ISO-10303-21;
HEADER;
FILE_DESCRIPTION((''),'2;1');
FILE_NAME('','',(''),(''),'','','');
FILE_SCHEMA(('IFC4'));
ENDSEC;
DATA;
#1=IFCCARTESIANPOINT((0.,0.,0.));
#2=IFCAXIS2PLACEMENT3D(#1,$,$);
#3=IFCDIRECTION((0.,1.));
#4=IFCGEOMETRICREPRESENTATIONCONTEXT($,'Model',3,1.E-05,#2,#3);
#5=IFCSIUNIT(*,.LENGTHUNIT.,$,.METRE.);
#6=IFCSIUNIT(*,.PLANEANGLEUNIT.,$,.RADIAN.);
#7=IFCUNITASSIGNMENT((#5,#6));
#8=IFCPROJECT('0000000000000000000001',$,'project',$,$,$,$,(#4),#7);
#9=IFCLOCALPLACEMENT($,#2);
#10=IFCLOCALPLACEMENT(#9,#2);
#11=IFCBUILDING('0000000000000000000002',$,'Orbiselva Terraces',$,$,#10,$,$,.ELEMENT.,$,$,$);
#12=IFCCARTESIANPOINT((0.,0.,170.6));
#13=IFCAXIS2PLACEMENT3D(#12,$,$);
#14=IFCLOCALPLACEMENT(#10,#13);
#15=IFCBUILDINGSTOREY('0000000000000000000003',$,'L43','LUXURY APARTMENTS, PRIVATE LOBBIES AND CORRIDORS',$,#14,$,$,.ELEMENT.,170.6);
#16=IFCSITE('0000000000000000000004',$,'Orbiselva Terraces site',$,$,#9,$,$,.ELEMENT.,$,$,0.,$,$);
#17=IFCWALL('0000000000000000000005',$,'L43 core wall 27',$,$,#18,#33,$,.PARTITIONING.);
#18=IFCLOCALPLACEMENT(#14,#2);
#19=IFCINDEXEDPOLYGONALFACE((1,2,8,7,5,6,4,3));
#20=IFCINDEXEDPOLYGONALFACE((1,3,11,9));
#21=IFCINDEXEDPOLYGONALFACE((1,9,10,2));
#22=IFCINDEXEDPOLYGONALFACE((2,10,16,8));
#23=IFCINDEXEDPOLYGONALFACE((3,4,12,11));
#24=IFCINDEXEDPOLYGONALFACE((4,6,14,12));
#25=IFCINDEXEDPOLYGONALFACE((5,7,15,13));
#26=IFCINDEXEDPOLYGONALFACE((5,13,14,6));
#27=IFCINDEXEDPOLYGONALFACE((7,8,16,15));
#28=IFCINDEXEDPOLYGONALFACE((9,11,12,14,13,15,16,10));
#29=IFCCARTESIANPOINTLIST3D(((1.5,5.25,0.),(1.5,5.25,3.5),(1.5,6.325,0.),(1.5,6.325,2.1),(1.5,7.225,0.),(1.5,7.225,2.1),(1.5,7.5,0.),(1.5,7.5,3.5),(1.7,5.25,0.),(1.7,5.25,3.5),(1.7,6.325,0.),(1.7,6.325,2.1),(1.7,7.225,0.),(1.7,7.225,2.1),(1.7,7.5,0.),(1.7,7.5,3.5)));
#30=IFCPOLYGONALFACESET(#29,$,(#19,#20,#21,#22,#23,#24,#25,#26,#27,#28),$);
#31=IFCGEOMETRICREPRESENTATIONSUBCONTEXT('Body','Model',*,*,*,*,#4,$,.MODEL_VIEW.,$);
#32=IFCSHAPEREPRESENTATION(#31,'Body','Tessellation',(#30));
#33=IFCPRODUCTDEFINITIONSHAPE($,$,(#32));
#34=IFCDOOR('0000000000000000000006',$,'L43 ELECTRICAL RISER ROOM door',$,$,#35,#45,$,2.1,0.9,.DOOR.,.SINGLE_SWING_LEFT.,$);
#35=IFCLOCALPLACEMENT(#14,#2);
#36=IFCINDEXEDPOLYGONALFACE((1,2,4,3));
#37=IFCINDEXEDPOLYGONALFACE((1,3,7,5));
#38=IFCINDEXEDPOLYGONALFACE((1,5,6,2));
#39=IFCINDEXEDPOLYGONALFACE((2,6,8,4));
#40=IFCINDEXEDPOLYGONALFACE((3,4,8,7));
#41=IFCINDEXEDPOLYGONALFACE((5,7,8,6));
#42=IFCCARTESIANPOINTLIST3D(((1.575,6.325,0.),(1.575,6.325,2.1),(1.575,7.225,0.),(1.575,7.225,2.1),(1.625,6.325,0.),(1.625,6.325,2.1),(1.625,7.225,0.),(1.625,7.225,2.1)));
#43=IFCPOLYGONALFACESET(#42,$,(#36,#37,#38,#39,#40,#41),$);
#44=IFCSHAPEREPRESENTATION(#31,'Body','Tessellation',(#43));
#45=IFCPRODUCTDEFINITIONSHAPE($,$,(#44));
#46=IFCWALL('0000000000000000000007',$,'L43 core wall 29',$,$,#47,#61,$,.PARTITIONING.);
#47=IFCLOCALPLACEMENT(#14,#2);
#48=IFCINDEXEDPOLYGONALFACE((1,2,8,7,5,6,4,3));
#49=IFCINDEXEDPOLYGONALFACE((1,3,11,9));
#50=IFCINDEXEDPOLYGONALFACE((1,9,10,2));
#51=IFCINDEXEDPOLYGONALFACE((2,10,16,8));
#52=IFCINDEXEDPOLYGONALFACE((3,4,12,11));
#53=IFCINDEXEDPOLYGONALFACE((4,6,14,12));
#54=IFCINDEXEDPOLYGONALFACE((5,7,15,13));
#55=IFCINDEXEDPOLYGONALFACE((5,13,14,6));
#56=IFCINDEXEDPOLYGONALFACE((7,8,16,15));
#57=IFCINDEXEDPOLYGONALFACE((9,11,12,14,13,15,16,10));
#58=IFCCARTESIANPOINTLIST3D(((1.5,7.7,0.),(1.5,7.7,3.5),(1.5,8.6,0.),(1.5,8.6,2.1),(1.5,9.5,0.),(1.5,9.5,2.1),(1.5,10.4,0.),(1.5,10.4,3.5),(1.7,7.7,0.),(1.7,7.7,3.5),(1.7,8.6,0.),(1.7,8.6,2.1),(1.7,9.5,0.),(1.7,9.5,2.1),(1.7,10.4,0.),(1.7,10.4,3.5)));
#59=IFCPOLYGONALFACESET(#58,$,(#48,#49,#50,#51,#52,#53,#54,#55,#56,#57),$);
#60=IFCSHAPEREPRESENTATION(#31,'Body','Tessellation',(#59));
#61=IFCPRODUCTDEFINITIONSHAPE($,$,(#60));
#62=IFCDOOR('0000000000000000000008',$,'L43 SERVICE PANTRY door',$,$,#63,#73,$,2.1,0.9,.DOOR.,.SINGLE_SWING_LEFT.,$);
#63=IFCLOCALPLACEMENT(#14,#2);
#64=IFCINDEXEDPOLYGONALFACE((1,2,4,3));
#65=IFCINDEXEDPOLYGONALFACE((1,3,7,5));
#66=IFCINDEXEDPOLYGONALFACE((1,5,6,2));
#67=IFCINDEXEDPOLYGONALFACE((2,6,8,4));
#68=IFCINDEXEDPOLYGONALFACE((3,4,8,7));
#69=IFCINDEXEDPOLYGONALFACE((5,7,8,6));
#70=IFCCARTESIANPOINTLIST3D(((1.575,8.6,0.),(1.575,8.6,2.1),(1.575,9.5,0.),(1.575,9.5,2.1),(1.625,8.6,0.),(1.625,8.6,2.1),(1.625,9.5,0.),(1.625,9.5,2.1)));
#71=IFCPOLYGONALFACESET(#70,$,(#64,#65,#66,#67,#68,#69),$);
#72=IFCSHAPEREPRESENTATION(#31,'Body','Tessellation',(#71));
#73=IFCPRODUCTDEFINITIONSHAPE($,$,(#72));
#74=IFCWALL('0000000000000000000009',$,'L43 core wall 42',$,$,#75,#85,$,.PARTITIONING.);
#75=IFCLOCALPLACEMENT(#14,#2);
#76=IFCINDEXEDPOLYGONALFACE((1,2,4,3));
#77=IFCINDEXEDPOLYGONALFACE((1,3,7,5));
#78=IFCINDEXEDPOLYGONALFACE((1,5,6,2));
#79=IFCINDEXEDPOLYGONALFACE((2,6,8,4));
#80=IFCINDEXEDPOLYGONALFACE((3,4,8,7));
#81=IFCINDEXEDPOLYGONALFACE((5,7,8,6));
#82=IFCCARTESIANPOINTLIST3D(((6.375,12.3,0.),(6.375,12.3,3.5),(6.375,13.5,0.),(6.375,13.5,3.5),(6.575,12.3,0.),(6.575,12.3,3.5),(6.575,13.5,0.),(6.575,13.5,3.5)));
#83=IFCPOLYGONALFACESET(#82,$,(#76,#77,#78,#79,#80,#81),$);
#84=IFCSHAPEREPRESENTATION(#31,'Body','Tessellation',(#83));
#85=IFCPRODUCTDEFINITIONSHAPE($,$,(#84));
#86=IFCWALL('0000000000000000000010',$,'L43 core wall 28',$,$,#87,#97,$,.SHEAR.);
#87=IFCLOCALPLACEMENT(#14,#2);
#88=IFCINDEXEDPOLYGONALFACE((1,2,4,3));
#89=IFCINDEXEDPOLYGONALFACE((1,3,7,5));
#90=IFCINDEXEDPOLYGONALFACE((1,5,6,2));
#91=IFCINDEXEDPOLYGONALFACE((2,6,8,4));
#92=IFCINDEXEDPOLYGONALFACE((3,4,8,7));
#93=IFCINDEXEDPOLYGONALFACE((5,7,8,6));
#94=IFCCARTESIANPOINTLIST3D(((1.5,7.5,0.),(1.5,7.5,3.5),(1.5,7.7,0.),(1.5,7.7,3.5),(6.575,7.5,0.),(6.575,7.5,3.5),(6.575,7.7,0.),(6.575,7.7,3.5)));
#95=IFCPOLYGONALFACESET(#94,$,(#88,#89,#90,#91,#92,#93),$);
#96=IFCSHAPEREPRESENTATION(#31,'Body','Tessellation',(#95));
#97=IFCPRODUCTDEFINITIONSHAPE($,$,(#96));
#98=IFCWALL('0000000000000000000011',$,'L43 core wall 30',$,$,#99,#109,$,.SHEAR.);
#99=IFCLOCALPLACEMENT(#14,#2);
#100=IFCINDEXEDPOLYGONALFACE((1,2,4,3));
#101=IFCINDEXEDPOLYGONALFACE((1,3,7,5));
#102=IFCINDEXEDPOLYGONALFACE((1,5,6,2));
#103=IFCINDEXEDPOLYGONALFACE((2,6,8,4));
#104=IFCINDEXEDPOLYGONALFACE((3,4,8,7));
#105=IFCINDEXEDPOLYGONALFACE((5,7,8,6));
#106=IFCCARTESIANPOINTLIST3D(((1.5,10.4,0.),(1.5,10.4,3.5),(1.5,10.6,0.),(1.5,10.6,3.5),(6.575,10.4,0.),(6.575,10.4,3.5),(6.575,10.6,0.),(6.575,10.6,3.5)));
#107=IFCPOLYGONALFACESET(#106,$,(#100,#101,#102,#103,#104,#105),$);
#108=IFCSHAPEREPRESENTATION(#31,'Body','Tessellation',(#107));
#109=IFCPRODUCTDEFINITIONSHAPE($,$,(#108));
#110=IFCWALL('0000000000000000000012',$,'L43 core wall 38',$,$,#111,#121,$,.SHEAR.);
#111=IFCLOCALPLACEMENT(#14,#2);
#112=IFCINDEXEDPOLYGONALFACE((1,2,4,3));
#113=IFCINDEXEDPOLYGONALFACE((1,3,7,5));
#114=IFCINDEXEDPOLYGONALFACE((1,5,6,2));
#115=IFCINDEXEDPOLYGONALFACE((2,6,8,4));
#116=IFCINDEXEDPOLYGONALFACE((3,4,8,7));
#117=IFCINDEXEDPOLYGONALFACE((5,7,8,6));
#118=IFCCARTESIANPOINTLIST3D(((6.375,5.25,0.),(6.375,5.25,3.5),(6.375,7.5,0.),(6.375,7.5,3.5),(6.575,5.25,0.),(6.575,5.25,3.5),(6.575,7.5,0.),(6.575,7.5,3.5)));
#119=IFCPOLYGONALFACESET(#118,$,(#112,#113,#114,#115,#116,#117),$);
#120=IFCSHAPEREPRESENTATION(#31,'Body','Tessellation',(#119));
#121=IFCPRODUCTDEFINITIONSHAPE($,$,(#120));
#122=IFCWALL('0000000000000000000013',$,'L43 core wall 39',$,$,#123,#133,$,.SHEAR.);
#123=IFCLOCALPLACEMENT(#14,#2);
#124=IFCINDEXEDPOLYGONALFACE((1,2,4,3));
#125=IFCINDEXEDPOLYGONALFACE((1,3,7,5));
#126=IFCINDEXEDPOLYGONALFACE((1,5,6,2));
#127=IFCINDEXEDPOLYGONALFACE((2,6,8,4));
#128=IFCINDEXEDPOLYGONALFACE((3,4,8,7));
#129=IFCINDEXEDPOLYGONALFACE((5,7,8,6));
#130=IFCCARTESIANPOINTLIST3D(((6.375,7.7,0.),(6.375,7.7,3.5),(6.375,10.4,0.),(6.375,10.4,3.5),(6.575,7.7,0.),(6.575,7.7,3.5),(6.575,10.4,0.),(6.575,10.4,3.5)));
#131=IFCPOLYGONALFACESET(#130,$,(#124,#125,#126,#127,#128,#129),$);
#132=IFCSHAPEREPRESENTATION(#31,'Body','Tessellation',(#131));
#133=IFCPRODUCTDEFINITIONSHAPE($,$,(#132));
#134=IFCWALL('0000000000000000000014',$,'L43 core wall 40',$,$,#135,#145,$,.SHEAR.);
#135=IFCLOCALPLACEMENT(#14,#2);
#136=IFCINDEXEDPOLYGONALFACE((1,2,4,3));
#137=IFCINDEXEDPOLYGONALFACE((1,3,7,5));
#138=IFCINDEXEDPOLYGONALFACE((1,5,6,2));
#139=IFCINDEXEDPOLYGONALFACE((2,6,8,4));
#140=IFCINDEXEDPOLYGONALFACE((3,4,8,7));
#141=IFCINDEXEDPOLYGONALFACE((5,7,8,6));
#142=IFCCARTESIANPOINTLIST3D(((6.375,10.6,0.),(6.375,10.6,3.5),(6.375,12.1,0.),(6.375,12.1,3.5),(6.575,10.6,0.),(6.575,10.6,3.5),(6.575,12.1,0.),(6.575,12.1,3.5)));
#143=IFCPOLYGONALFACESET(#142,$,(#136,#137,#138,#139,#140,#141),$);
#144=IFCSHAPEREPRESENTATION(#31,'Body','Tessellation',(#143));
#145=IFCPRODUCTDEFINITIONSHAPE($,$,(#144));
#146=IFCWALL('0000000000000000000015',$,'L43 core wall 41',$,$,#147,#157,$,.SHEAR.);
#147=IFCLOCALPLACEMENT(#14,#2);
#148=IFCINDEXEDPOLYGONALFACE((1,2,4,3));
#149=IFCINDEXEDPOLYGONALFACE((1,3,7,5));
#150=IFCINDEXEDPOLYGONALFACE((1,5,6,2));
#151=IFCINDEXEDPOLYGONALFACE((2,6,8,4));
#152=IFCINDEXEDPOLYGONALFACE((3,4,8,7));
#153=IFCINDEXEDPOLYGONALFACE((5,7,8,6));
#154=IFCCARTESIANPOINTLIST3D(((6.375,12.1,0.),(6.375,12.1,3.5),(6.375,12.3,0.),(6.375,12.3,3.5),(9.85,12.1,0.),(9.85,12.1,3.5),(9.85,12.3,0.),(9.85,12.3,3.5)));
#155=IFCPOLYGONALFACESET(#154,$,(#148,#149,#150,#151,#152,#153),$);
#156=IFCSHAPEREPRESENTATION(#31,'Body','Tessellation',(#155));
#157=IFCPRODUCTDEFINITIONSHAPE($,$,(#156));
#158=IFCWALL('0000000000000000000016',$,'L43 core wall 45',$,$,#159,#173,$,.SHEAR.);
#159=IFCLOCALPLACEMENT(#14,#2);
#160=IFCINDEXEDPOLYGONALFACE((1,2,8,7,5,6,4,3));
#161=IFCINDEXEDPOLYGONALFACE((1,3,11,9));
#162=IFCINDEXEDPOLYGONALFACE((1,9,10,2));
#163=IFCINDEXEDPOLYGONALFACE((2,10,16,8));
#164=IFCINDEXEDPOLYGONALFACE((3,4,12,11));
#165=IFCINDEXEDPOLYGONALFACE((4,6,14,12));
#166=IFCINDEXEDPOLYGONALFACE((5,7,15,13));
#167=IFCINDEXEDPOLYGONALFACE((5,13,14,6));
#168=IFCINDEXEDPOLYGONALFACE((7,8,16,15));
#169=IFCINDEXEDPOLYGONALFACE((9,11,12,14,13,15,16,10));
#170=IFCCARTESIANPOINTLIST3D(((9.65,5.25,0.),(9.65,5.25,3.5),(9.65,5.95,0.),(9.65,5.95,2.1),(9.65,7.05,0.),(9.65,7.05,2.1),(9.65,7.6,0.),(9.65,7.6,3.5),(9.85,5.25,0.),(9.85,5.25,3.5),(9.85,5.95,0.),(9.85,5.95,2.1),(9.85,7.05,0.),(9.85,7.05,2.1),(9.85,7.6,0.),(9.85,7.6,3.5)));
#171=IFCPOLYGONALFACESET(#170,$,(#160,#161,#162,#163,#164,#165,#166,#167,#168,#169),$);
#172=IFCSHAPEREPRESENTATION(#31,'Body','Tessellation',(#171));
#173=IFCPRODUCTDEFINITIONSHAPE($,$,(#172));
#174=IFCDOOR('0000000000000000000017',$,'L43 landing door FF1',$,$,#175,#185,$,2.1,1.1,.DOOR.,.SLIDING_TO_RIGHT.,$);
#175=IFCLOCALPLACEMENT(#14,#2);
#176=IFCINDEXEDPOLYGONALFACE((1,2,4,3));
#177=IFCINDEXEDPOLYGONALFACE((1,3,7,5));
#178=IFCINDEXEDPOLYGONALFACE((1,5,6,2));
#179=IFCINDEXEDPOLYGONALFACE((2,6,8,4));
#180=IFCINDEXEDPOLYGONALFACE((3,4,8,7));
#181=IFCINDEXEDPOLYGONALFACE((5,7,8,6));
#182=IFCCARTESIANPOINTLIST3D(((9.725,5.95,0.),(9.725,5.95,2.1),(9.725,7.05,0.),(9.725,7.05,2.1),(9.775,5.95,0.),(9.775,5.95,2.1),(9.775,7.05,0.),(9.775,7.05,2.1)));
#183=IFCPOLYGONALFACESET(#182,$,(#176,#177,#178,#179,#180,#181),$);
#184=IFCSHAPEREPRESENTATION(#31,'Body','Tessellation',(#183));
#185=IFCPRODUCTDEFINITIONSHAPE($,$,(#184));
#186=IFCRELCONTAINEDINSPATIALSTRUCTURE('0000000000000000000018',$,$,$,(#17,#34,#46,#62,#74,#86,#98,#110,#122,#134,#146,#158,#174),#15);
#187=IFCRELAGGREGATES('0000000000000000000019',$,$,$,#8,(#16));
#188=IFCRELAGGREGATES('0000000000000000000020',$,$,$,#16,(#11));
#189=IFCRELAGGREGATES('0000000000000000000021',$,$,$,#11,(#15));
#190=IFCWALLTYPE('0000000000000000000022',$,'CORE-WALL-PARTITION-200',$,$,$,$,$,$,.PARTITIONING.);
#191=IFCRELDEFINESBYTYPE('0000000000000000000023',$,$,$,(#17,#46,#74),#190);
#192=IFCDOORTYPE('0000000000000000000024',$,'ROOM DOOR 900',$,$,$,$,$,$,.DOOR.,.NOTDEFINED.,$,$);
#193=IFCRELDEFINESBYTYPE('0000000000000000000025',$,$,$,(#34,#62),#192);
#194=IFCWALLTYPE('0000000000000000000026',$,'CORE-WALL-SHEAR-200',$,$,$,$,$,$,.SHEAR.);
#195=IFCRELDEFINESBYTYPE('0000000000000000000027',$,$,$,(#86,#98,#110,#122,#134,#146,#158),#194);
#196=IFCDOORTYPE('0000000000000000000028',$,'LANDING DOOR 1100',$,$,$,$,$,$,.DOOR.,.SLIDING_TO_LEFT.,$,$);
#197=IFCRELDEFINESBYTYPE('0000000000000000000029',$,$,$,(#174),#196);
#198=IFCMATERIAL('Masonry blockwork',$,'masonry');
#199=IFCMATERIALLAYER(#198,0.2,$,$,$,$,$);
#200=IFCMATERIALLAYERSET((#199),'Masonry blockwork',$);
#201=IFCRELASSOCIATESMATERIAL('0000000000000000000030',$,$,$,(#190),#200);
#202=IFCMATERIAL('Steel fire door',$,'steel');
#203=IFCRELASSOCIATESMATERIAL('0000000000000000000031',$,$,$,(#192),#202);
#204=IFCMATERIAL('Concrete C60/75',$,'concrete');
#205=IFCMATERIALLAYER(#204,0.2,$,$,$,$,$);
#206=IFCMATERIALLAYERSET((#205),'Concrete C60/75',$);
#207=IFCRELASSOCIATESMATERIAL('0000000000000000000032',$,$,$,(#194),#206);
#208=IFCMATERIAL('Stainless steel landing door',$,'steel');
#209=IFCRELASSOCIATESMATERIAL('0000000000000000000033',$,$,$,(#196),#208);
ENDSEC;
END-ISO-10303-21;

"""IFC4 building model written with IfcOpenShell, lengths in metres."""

from ifc_helpers import new_model, si_unit, direction, frame, frame_2d, origin, place, context, subcontext, project, spatial, rectangle, extrude, material, layer, layer_set, type_object, element, fill, save


model = new_model("IFC4")

# Units and contexts
model_context = context("Model", 3, precision=1e-05, world=origin(), true_north=direction((0.0, 1.0)))
body_context = subcontext(model_context, "Body", "Model", "MODEL_VIEW")
ifc_project = project(units=[si_unit("LENGTHUNIT", "METRE"), si_unit("PLANEANGLEUNIT", "RADIAN")], contexts=[model_context])

# Site, building, storey
site_placement = place(None, origin())
site = spatial("IfcSite", under=ifc_project, at=site_placement, Name="Orbiselva Terraces site", CompositionType="ELEMENT", RefElevation=0.0)
building_placement = place(site_placement, origin())
building = spatial("IfcBuilding", under=site, at=building_placement, Name="Orbiselva Terraces", CompositionType="ELEMENT")
storey_placement = place(building_placement, frame((0.0, 0.0, 170.6)))
storey = spatial("IfcBuildingStorey", under=building, at=storey_placement, Name="L43", Description="LUXURY APARTMENTS, PRIVATE LOBBIES AND CORRIDORS", CompositionType="ELEMENT", Elevation=170.6)

# Walls, openings, doors
ifc_material_1 = material(Name="Masonry blockwork", Category="masonry")
ifc_layer_1 = layer(ifc_material_1, 0.2)
ifc_layer_set_1 = layer_set([ifc_layer_1], Name="Masonry blockwork")
wall_type_1 = type_object("IfcWallType", Name="CORE-WALL-PARTITION-200", PredefinedType="PARTITIONING", material=ifc_layer_set_1)
wall_1_placement = place(storey_placement, frame((1.6, 7.5, 0.0), z_axis=(0.0, 0.0, 1.0), x_axis=(0.0, -1.0, 0.0)))
wall_1 = element("IfcWall", 1, at=wall_1_placement, inside=storey, type_object=wall_type_1, Name="L43 core wall 27", PredefinedType="PARTITIONING", context=body_context, shape_type="SweptSolid", body=[
    extrude(rectangle(XDim=2.25, YDim=0.2, at=frame_2d((1.125, 0.0))), origin(), (0.0, 0.0, 1.0), 3.5),
])
opening_1_placement = place(wall_1_placement, frame((0.275, 0.0, 0.0)))
opening_1 = element("IfcOpeningElement", 2, at=opening_1_placement, cuts=wall_1, PredefinedType="OPENING", context=body_context, shape_type="SweptSolid", body=[
    extrude(rectangle(XDim=0.9, YDim=2.1, at=frame_2d((0.45, 1.05))), frame((0.0, 0.11, 0.0), z_axis=(0.0, -1.0, 0.0), x_axis=(1.0, 0.0, 0.0)), (0.0, 0.0, 1.0), 0.22),
])
ifc_material_2 = material(Name="Steel fire door", Category="steel")
door_type_1 = type_object("IfcDoorType", Name="ROOM DOOR 900", OperationType="NOTDEFINED", PredefinedType="DOOR", material=ifc_material_2)
door_1_placement = place(opening_1_placement, origin())
door_1 = element("IfcDoor", 3, at=door_1_placement, inside=storey, type_object=door_type_1, Name="L43 ELECTRICAL RISER ROOM door", OperationType="SINGLE_SWING_LEFT", OverallHeight=2.1, OverallWidth=0.9, PredefinedType="DOOR", context=body_context, shape_type="SweptSolid", body=[
    extrude(rectangle(XDim=0.9, YDim=2.1, at=frame_2d((0.45, 1.05))), frame((0.0, 0.025, 0.0), z_axis=(0.0, -1.0, 0.0), x_axis=(1.0, 0.0, 0.0)), (0.0, 0.0, 1.0), 0.05),
])
fill(opening_1, door_1)
wall_2_placement = place(storey_placement, frame((1.6, 10.4, 0.0), z_axis=(0.0, 0.0, 1.0), x_axis=(0.0, -1.0, 0.0)))
wall_2 = element("IfcWall", 4, at=wall_2_placement, inside=storey, type_object=wall_type_1, Name="L43 core wall 29", PredefinedType="PARTITIONING", context=body_context, shape_type="SweptSolid", body=[
    extrude(rectangle(XDim=2.7, YDim=0.2, at=frame_2d((1.35, 0.0))), origin(), (0.0, 0.0, 1.0), 3.5),
])
opening_2_placement = place(wall_2_placement, frame((0.9, 0.0, 0.0)))
opening_2 = element("IfcOpeningElement", 5, at=opening_2_placement, cuts=wall_2, PredefinedType="OPENING", context=body_context, shape_type="SweptSolid", body=[
    extrude(rectangle(XDim=0.9, YDim=2.1, at=frame_2d((0.45, 1.05))), frame((0.0, 0.11, 0.0), z_axis=(0.0, -1.0, 0.0), x_axis=(1.0, 0.0, 0.0)), (0.0, 0.0, 1.0), 0.22),
])
door_2_placement = place(opening_2_placement, origin())
door_2 = element("IfcDoor", 6, at=door_2_placement, inside=storey, type_object=door_type_1, Name="L43 SERVICE PANTRY door", OperationType="SINGLE_SWING_LEFT", OverallHeight=2.1, OverallWidth=0.9, PredefinedType="DOOR", context=body_context, shape_type="SweptSolid", body=[
    extrude(rectangle(XDim=0.9, YDim=2.1, at=frame_2d((0.45, 1.05))), frame((0.0, 0.025, 0.0), z_axis=(0.0, -1.0, 0.0), x_axis=(1.0, 0.0, 0.0)), (0.0, 0.0, 1.0), 0.05),
])
fill(opening_2, door_2)

# Walls
wall_3_placement = place(storey_placement, frame((6.475, 12.3, 0.0), z_axis=(0.0, 0.0, 1.0), x_axis=(0.0, 1.0, 0.0)))
element("IfcWall", 7, at=wall_3_placement, inside=storey, type_object=wall_type_1, Name="L43 core wall 42", PredefinedType="PARTITIONING", context=body_context, shape_type="SweptSolid", body=[
    extrude(rectangle(XDim=1.2, YDim=0.2, at=frame_2d((0.6, 0.0))), origin(), (0.0, 0.0, 1.0), 3.5),
])
ifc_material_3 = material(Name="Concrete C60/75", Category="concrete")
ifc_layer_2 = layer(ifc_material_3, 0.2)
ifc_layer_set_2 = layer_set([ifc_layer_2], Name="Concrete C60/75")
wall_type_2 = type_object("IfcWallType", Name="CORE-WALL-SHEAR-200", PredefinedType="SHEAR", material=ifc_layer_set_2)
for number, where, z_axis, x_axis, name in (
    (8, (1.5, 7.6, 0.0), (0.0, 0.0, 1.0), (1.0, 0.0, 0.0), "L43 core wall 28"),
    (9, (1.5, 10.5, 0.0), (0.0, 0.0, 1.0), (1.0, 0.0, 0.0), "L43 core wall 30"),
):
    element("IfcWall", number, at=place(storey_placement, frame(where, z_axis=z_axis, x_axis=x_axis)), inside=storey, type_object=wall_type_2, Name=name, PredefinedType="SHEAR", context=body_context, shape_type="SweptSolid", body=[
        extrude(rectangle(XDim=5.075, YDim=0.2, at=frame_2d((2.5375, 0.0))), origin(), (0.0, 0.0, 1.0), 3.5),
    ])
wall_4_placement = place(storey_placement, frame((6.475, 5.25, 0.0), z_axis=(0.0, 0.0, 1.0), x_axis=(0.0, 1.0, 0.0)))
element("IfcWall", 10, at=wall_4_placement, inside=storey, type_object=wall_type_2, Name="L43 core wall 38", PredefinedType="SHEAR", context=body_context, shape_type="SweptSolid", body=[
    extrude(rectangle(XDim=2.25, YDim=0.2, at=frame_2d((1.125, 0.0))), origin(), (0.0, 0.0, 1.0), 3.5),
])
wall_5_placement = place(storey_placement, frame((6.475, 7.7, 0.0), z_axis=(0.0, 0.0, 1.0), x_axis=(0.0, 1.0, 0.0)))
element("IfcWall", 11, at=wall_5_placement, inside=storey, type_object=wall_type_2, Name="L43 core wall 39", PredefinedType="SHEAR", context=body_context, shape_type="SweptSolid", body=[
    extrude(rectangle(XDim=2.7, YDim=0.2, at=frame_2d((1.35, 0.0))), origin(), (0.0, 0.0, 1.0), 3.5),
])
wall_6_placement = place(storey_placement, frame((6.475, 10.6, 0.0), z_axis=(0.0, 0.0, 1.0), x_axis=(0.0, 1.0, 0.0)))
element("IfcWall", 12, at=wall_6_placement, inside=storey, type_object=wall_type_2, Name="L43 core wall 40", PredefinedType="SHEAR", context=body_context, shape_type="SweptSolid", body=[
    extrude(rectangle(XDim=1.5, YDim=0.2, at=frame_2d((0.75, 0.0))), origin(), (0.0, 0.0, 1.0), 3.5),
])
wall_7_placement = place(storey_placement, frame((6.375, 12.2, 0.0), z_axis=(0.0, 0.0, 1.0), x_axis=(1.0, 0.0, 0.0)))
element("IfcWall", 13, at=wall_7_placement, inside=storey, type_object=wall_type_2, Name="L43 core wall 41", PredefinedType="SHEAR", context=body_context, shape_type="SweptSolid", body=[
    extrude(rectangle(XDim=3.475, YDim=0.2, at=frame_2d((1.7375, 0.0))), origin(), (0.0, 0.0, 1.0), 3.5),
])

# Wall, opening, door
wall_8_placement = place(storey_placement, frame((9.75, 5.25, 0.0), z_axis=(0.0, 0.0, 1.0), x_axis=(0.0, 1.0, 0.0)))
wall_8 = element("IfcWall", 14, at=wall_8_placement, inside=storey, type_object=wall_type_2, Name="L43 core wall 45", PredefinedType="SHEAR", context=body_context, shape_type="SweptSolid", body=[
    extrude(rectangle(XDim=2.35, YDim=0.2, at=frame_2d((1.175, 0.0))), origin(), (0.0, 0.0, 1.0), 3.5),
])
opening_3_placement = place(wall_8_placement, frame((0.7, 0.0, 0.0)))
opening_3 = element("IfcOpeningElement", 15, at=opening_3_placement, cuts=wall_8, PredefinedType="OPENING", context=body_context, shape_type="SweptSolid", body=[
    extrude(rectangle(XDim=1.1, YDim=2.1, at=frame_2d((0.55, 1.05))), frame((0.0, 0.11, 0.0), z_axis=(0.0, -1.0, 0.0), x_axis=(1.0, 0.0, 0.0)), (0.0, 0.0, 1.0), 0.22),
])
ifc_material_4 = material(Name="Stainless steel landing door", Category="steel")
door_type_2 = type_object("IfcDoorType", Name="LANDING DOOR 1100", OperationType="SLIDING_TO_LEFT", PredefinedType="DOOR", material=ifc_material_4)
door_3_placement = place(opening_3_placement, origin())
door_3 = element("IfcDoor", 16, at=door_3_placement, inside=storey, type_object=door_type_2, Name="L43 landing door FF1", OperationType="SLIDING_TO_RIGHT", OverallHeight=2.1, OverallWidth=1.1, PredefinedType="DOOR", context=body_context, shape_type="SweptSolid", body=[
    extrude(rectangle(XDim=1.1, YDim=2.1, at=frame_2d((0.55, 1.05))), frame((0.0, 0.025, 0.0), z_axis=(0.0, -1.0, 0.0), x_axis=(1.0, 0.0, 0.0)), (0.0, 0.0, 1.0), 0.05),
])
fill(opening_3, door_3)

save(model, "model.ifc")
